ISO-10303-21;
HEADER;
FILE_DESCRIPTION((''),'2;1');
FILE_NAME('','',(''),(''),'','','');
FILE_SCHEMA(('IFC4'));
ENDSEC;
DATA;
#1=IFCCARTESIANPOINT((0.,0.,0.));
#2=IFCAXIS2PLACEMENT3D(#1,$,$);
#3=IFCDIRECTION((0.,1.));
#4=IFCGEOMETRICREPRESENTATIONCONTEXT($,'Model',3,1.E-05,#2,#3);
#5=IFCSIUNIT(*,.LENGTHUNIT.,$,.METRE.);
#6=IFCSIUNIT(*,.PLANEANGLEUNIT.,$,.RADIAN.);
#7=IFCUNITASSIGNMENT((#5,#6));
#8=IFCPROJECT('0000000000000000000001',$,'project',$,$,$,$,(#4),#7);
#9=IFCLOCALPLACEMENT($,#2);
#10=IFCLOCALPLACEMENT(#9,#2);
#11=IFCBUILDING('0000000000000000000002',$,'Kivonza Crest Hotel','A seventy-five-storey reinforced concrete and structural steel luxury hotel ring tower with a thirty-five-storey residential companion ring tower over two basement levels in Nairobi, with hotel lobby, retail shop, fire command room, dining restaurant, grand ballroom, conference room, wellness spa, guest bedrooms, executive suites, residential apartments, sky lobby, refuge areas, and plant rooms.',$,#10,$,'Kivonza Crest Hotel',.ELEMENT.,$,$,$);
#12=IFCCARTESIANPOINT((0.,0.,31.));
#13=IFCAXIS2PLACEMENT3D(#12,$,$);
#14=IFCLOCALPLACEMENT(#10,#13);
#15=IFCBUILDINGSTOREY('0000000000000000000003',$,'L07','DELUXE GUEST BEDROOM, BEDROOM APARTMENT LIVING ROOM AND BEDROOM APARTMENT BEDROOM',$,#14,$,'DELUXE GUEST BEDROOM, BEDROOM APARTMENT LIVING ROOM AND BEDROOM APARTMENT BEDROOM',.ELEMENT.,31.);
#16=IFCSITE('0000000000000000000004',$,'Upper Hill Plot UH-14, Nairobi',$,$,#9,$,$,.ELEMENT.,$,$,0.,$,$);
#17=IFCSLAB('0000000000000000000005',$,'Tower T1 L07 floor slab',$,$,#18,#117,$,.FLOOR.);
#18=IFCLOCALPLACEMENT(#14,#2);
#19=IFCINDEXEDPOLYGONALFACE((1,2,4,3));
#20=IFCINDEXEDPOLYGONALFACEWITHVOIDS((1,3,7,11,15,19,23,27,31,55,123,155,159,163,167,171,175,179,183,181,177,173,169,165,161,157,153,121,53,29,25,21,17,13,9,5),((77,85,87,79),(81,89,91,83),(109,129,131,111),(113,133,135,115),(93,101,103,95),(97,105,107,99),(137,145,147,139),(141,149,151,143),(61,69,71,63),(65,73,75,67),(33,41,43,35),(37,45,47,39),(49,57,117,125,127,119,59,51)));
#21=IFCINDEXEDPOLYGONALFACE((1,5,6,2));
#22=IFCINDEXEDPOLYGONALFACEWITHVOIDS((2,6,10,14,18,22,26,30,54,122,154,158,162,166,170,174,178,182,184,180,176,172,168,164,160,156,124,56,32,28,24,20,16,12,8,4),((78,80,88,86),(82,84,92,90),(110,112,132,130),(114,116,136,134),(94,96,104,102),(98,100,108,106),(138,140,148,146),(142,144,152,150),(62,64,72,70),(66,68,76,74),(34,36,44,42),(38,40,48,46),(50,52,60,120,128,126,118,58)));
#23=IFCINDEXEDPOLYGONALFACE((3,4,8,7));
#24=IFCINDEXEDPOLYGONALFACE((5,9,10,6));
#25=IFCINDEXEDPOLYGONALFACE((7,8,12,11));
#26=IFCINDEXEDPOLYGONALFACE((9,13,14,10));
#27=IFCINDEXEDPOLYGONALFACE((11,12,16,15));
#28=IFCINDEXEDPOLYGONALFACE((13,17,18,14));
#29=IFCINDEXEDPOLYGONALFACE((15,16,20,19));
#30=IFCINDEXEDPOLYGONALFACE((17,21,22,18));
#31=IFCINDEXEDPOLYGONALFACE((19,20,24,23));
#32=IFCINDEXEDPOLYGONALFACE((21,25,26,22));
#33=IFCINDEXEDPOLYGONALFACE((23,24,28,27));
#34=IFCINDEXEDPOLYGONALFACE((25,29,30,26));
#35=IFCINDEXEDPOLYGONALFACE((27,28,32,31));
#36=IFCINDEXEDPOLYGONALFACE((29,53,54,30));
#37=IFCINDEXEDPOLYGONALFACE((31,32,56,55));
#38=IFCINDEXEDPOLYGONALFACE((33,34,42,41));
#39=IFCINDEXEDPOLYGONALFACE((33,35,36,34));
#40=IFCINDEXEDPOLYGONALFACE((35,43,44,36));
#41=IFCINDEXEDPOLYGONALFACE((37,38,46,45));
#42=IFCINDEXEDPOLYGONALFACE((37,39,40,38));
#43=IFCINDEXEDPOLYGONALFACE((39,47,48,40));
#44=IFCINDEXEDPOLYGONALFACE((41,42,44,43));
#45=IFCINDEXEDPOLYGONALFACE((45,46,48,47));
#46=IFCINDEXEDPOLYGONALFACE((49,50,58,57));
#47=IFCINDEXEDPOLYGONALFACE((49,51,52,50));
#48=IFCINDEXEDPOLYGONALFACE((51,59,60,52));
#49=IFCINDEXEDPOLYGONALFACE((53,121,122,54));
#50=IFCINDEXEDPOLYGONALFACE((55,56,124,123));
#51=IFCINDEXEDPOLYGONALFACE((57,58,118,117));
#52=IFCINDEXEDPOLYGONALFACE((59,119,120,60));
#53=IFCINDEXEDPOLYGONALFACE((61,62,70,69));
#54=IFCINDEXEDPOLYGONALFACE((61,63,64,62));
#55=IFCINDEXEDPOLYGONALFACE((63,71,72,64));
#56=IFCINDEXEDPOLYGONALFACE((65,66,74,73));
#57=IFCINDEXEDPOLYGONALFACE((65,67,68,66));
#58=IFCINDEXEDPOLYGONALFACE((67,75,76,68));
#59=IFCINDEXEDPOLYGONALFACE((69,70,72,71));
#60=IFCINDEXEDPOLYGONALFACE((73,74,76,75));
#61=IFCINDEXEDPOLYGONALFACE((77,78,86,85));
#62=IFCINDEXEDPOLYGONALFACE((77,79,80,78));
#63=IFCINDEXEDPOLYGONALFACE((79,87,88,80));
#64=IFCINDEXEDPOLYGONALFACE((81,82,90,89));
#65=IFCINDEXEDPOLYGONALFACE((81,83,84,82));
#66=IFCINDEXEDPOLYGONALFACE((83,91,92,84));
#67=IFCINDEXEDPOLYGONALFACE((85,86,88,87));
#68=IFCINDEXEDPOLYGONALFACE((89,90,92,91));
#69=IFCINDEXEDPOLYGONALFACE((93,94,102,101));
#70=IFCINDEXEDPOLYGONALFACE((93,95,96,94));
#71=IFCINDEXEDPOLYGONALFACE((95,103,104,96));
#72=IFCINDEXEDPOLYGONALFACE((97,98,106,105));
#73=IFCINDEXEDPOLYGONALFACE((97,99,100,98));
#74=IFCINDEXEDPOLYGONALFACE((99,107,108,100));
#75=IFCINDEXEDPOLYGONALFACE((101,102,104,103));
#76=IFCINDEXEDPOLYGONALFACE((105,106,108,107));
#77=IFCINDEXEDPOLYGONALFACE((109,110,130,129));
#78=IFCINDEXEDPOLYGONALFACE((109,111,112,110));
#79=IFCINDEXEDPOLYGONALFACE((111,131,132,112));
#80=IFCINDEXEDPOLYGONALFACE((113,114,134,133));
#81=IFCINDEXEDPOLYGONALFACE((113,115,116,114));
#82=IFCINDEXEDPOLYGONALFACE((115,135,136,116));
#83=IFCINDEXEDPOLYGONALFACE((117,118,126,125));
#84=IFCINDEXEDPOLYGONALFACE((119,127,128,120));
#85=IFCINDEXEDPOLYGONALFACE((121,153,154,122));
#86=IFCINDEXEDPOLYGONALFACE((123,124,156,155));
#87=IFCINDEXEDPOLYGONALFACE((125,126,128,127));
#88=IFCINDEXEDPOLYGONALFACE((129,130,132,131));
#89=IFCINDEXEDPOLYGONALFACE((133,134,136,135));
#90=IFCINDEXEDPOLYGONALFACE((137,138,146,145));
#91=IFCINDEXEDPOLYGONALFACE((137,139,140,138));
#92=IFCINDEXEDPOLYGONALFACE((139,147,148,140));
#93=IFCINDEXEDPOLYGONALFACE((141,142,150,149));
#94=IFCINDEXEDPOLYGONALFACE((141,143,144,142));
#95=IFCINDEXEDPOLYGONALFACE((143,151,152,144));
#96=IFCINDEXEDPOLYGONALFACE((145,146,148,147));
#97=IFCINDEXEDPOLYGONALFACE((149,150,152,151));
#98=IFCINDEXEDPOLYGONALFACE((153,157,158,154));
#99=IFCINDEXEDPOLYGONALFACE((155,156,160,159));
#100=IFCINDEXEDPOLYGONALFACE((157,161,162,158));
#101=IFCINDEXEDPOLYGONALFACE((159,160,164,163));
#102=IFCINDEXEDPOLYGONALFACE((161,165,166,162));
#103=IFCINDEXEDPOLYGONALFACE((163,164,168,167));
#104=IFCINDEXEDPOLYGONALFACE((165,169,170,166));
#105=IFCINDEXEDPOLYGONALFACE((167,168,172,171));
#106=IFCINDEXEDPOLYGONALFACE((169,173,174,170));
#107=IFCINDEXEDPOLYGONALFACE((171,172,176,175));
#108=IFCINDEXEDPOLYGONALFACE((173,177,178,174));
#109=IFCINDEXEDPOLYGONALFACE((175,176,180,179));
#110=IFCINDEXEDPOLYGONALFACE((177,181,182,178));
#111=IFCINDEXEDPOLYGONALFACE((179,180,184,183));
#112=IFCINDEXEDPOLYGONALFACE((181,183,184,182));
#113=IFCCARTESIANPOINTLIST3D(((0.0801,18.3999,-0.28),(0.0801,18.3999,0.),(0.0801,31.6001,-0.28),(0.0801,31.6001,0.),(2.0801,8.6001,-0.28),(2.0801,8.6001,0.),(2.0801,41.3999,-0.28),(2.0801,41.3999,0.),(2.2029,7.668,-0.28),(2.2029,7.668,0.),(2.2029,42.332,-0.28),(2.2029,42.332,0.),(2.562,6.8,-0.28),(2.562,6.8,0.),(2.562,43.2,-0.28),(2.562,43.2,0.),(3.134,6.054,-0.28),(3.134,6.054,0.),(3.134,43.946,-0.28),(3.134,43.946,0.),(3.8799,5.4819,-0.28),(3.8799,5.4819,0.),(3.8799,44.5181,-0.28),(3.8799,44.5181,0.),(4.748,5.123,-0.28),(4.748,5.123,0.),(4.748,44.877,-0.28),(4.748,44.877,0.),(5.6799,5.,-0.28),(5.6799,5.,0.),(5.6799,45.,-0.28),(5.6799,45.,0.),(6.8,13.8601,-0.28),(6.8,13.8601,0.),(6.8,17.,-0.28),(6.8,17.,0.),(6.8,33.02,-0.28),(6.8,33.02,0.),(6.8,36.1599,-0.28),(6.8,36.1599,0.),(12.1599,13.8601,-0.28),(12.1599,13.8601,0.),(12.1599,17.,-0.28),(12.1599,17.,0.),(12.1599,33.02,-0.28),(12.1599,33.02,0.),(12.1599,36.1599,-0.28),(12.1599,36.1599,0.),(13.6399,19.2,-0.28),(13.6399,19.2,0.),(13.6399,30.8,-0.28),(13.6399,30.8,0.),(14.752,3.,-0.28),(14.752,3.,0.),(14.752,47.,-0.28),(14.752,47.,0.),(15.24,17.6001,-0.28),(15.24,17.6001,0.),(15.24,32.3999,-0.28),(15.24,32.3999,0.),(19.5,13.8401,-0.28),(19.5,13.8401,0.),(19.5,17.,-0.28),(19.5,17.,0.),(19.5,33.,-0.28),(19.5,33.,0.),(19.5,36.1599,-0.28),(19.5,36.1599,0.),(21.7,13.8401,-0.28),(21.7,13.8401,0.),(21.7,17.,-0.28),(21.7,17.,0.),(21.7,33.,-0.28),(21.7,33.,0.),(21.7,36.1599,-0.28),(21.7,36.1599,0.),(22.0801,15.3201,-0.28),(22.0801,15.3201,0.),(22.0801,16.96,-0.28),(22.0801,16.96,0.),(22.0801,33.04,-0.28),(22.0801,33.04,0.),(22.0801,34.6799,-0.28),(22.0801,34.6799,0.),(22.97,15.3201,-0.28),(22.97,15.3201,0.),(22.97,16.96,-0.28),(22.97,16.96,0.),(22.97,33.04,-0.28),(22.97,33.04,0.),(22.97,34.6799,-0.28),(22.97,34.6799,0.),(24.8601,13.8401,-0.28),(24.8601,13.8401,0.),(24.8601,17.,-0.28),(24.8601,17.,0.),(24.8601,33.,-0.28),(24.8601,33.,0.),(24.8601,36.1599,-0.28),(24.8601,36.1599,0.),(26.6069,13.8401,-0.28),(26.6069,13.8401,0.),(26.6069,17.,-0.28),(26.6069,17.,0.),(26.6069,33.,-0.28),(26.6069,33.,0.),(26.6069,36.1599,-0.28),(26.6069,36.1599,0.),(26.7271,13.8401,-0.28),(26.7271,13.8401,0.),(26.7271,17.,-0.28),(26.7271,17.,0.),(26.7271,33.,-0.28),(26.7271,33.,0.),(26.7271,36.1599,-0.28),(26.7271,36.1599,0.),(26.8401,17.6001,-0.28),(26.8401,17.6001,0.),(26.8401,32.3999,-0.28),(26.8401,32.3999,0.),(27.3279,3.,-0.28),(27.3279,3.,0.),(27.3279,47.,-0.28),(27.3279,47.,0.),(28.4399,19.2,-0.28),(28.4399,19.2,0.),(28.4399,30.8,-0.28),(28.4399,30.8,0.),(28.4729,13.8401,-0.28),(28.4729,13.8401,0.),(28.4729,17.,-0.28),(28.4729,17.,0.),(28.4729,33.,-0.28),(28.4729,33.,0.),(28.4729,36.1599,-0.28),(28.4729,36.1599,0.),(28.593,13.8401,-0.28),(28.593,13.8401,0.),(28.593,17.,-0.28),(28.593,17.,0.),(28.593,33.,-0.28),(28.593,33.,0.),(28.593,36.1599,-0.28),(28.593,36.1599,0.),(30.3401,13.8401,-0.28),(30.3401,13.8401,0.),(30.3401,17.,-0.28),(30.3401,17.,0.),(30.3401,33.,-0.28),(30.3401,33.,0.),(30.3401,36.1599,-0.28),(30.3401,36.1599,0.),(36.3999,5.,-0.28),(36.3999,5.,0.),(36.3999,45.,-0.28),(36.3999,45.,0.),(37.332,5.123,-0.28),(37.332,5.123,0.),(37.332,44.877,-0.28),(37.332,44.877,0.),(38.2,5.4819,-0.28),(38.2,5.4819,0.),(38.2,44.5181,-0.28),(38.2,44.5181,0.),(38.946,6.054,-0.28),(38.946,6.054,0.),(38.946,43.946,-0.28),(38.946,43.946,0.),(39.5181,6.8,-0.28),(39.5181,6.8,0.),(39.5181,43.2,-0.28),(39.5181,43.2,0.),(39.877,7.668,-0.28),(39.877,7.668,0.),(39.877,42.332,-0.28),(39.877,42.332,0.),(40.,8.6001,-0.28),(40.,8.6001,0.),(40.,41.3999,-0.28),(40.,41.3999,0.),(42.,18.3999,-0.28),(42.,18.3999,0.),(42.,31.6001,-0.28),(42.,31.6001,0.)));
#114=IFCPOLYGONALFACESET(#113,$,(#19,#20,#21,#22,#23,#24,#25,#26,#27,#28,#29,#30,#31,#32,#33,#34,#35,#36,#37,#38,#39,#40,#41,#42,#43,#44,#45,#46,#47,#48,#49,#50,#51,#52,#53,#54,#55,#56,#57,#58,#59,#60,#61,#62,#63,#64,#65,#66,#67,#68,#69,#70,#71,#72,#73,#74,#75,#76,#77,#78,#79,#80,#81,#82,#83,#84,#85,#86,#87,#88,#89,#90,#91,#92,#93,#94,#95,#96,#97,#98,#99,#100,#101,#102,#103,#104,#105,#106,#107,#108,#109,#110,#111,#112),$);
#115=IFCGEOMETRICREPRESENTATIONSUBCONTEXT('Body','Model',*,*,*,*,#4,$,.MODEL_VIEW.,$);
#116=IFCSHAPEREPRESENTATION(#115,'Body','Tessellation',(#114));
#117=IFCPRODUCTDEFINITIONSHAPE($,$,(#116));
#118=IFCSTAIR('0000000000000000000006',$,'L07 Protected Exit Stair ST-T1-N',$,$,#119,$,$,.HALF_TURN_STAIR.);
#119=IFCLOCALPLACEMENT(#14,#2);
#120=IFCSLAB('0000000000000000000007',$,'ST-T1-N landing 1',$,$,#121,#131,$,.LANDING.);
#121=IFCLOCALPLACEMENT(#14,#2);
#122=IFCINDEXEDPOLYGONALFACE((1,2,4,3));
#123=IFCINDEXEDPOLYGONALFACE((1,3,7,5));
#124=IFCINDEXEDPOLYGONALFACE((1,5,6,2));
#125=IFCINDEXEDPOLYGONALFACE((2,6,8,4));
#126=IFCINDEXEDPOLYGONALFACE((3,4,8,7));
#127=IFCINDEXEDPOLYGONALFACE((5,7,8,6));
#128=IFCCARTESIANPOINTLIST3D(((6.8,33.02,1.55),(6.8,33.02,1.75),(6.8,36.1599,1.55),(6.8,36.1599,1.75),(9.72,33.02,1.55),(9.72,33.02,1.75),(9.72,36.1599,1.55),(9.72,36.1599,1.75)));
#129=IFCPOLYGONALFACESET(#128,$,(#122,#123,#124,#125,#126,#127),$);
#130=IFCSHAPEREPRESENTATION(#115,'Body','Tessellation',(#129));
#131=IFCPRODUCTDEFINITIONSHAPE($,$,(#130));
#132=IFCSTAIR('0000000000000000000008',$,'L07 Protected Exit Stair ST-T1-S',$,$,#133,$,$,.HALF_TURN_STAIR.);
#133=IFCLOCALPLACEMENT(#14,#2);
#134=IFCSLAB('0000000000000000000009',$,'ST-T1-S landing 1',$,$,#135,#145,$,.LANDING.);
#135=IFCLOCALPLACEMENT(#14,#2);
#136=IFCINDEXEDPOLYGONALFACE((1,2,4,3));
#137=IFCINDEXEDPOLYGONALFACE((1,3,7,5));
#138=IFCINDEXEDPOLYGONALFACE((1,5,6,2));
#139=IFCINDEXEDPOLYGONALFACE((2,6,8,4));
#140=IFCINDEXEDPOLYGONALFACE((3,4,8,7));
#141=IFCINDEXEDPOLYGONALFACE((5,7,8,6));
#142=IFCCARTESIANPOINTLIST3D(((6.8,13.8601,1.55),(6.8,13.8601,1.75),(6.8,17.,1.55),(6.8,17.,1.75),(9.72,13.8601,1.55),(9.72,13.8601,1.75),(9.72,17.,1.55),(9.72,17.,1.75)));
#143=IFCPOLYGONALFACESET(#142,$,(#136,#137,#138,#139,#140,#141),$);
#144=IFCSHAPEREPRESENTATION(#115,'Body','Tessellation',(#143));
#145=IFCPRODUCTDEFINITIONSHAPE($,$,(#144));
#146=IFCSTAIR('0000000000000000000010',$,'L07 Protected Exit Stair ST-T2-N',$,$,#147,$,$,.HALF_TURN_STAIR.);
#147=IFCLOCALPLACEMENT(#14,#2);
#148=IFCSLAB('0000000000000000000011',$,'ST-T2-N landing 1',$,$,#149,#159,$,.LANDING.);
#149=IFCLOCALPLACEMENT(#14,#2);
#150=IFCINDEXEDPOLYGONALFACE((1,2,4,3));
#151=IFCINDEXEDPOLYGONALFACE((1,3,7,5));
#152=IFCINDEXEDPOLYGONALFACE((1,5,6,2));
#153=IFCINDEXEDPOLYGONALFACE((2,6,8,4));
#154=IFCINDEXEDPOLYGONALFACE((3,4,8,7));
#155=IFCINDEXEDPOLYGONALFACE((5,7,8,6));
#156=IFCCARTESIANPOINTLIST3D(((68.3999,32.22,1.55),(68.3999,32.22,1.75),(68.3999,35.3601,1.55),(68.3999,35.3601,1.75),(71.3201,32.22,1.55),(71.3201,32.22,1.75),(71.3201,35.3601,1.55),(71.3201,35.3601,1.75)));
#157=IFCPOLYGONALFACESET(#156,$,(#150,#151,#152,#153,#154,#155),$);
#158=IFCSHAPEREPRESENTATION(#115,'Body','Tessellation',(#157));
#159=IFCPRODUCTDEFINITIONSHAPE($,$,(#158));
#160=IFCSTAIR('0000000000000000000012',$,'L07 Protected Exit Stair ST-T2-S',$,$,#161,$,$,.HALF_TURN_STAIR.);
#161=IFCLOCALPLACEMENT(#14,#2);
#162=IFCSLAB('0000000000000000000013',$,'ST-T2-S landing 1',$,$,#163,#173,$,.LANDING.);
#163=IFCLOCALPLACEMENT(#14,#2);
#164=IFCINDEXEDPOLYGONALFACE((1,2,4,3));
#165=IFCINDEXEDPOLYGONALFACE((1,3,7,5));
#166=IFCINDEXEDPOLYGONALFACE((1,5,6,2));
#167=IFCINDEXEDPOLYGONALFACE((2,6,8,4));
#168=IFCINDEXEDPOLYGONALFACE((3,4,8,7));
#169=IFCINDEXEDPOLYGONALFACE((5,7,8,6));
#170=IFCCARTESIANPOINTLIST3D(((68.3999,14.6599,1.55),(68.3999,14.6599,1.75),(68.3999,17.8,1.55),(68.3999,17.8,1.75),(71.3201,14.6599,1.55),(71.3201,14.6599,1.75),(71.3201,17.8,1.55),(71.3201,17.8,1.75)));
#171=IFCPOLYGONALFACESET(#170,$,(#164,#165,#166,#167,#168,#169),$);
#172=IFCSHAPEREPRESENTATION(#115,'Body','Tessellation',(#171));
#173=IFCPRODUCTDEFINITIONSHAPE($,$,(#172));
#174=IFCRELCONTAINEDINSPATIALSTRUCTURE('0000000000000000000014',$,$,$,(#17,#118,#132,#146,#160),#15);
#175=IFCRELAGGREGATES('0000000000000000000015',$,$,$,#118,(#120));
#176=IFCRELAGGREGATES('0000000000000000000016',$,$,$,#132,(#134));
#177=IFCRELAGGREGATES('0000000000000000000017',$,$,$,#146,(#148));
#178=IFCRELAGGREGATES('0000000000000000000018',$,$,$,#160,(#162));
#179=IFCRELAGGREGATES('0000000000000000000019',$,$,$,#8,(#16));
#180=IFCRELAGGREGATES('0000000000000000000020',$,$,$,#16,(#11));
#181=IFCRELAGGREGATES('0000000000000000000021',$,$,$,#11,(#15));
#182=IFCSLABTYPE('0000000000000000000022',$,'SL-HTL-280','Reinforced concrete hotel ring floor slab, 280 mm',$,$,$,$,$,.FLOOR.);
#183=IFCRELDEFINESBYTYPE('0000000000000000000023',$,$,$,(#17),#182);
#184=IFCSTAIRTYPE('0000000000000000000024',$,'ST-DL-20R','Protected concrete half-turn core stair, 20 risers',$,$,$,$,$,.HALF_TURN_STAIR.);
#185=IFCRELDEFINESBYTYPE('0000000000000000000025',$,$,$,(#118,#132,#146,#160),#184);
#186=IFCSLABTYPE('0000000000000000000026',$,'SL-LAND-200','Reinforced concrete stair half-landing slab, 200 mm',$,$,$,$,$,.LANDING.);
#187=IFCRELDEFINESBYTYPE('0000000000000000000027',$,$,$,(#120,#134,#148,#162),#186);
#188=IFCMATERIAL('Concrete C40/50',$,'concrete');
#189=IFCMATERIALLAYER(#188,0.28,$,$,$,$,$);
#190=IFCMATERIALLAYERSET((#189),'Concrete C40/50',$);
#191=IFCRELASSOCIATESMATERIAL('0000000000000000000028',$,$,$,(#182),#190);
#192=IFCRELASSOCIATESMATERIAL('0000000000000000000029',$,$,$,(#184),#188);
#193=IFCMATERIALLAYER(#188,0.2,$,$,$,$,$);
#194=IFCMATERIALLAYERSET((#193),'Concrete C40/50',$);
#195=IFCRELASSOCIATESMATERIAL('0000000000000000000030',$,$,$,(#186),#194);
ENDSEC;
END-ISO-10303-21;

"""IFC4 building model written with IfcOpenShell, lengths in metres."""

from ifc_helpers import new_model, si_unit, direction, frame, origin, place, context, subcontext, project, spatial, polyline, outline, extrude, material, layer, layer_set, type_object, element, aggregate, save


model = new_model("IFC4")

# Units and contexts
model_context = context("Model", 3, precision=1e-05, world=origin(), true_north=direction((0.0, 1.0)))
body_context = subcontext(model_context, "Body", "Model", "MODEL_VIEW")
ifc_project = project(units=[si_unit("LENGTHUNIT", "METRE"), si_unit("PLANEANGLEUNIT", "RADIAN")], contexts=[model_context])

# Site, building, storey
site_placement = place(None, origin())
site = spatial("IfcSite", under=ifc_project, at=site_placement, Name="Upper Hill Plot UH-14, Nairobi", CompositionType="ELEMENT", RefElevation=0.0)
building_placement = place(site_placement, origin())
building = spatial("IfcBuilding", under=site, at=building_placement, Name="Kivonza Crest Hotel", Description="A seventy-five-storey reinforced concrete and structural steel luxury hotel ring tower with a thirty-five-storey residential companion ring tower over two basement levels in Nairobi, with hotel lobby, retail shop, fire command room, dining restaurant, grand ballroom, conference room, wellness spa, guest bedrooms, executive suites, residential apartments, sky lobby, refuge areas, and plant rooms.", LongName="Kivonza Crest Hotel", CompositionType="ELEMENT")
storey_placement = place(building_placement, frame((0.0, 0.0, 31.0)))
storey = spatial("IfcBuildingStorey", under=building, at=storey_placement, Name="L07", Description="DELUXE GUEST BEDROOM, BEDROOM APARTMENT LIVING ROOM AND BEDROOM APARTMENT BEDROOM", LongName="DELUXE GUEST BEDROOM, BEDROOM APARTMENT LIVING ROOM AND BEDROOM APARTMENT BEDROOM", CompositionType="ELEMENT", Elevation=31.0)

# Slab
ifc_material_1 = material(Name="Concrete C40/50", Category="concrete")
ifc_layer_1 = layer(ifc_material_1, 0.28)
ifc_layer_set_1 = layer_set([ifc_layer_1], Name="Concrete C40/50")
slab_type_1 = type_object("IfcSlabType", Name="SL-HTL-280", Description="Reinforced concrete hotel ring floor slab, 280 mm", PredefinedType="FLOOR", material=ifc_layer_set_1)
slab_1_placement = place(storey_placement, frame((0.0, 0.0, -0.28)))
element("IfcSlab", 1, at=slab_1_placement, inside=storey, type_object=slab_type_1, Name="Tower T1 L07 floor slab", PredefinedType="FLOOR", context=body_context, shape_type="SweptSolid", body=[
    extrude(outline(polyline([(2.0801, 8.6001), (2.2029, 7.668), (2.562, 6.8), (3.134, 6.054), (3.8799, 5.4819), (4.748, 5.123), (5.6799, 5.0), (14.752, 3.0), (27.3279, 3.0), (36.3999, 5.0), (37.332, 5.123), (38.2, 5.4819), (38.946, 6.054), (39.5181, 6.8), (39.877, 7.668), (40.0, 8.6001), (42.0, 18.3999), (42.0, 31.6001), (40.0, 41.3999), (39.877, 42.332), (39.5181, 43.2), (38.946, 43.946), (38.2, 44.5181), (37.332, 44.877), (36.3999, 45.0), (27.3279, 47.0), (14.752, 47.0), (5.6799, 45.0), (4.748, 44.877), (3.8799, 44.5181), (3.134, 43.946), (2.562, 43.2), (2.2029, 42.332), (2.0801, 41.3999), (0.0801, 31.6001), (0.0801, 18.3999), (2.0801, 8.6001)]), holes=[polyline([(15.24, 17.6001), (26.8401, 17.6001), (28.4399, 19.2), (28.4399, 30.8), (26.8401, 32.3999), (15.24, 32.3999), (13.6399, 30.8), (13.6399, 19.2), (15.24, 17.6001)]), polyline([(6.8, 33.02), (12.1599, 33.02), (12.1599, 36.1599), (6.8, 36.1599), (6.8, 33.02)]), polyline([(6.8, 13.8601), (12.1599, 13.8601), (12.1599, 17.0), (6.8, 17.0), (6.8, 13.8601)]), polyline([(22.0801, 33.04), (22.97, 33.04), (22.97, 34.6799), (22.0801, 34.6799), (22.0801, 33.04)]), polyline([(22.0801, 15.3201), (22.97, 15.3201), (22.97, 16.96), (22.0801, 16.96), (22.0801, 15.3201)]), polyline([(19.5, 33.0), (21.7, 33.0), (21.7, 36.1599), (19.5, 36.1599), (19.5, 33.0)]), polyline([(24.8601, 33.0), (26.6069, 33.0), (26.6069, 36.1599), (24.8601, 36.1599), (24.8601, 33.0)]), polyline([(26.7271, 33.0), (28.4729, 33.0), (28.4729, 36.1599), (26.7271, 36.1599), (26.7271, 33.0)]), polyline([(28.593, 33.0), (30.3401, 33.0), (30.3401, 36.1599), (28.593, 36.1599), (28.593, 33.0)]), polyline([(19.5, 13.8401), (21.7, 13.8401), (21.7, 17.0), (19.5, 17.0), (19.5, 13.8401)]), polyline([(24.8601, 13.8401), (26.6069, 13.8401), (26.6069, 17.0), (24.8601, 17.0), (24.8601, 13.8401)]), polyline([(26.7271, 13.8401), (28.4729, 13.8401), (28.4729, 17.0), (26.7271, 17.0), (26.7271, 13.8401)]), polyline([(28.593, 13.8401), (30.3401, 13.8401), (30.3401, 17.0), (28.593, 17.0), (28.593, 13.8401)])]), origin(), (0.0, 0.0, 1.0), 0.28),
])

# Stairs, slabs
stair_type = type_object("IfcStairType", Name="ST-DL-20R", Description="Protected concrete half-turn core stair, 20 risers", PredefinedType="HALF_TURN_STAIR", material=ifc_material_1)
stair_1_placement = place(storey_placement, origin())
stair_1 = element("IfcStair", 2, at=stair_1_placement, inside=storey, type_object=stair_type, Name="L07 Protected Exit Stair ST-T1-N", PredefinedType="HALF_TURN_STAIR")
ifc_layer_2 = layer(ifc_material_1, 0.2)
ifc_layer_set_2 = layer_set([ifc_layer_2], Name="Concrete C40/50")
slab_type_2 = type_object("IfcSlabType", Name="SL-LAND-200", Description="Reinforced concrete stair half-landing slab, 200 mm", PredefinedType="LANDING", material=ifc_layer_set_2)
slab_2_placement = place(storey_placement, frame((0.0, 0.0, 1.55)))
slab_2 = element("IfcSlab", 3, at=slab_2_placement, type_object=slab_type_2, Name="ST-T1-N landing 1", PredefinedType="LANDING", context=body_context, shape_type="SweptSolid", body=[
    extrude(outline(polyline([(9.72, 36.1599), (6.8, 36.1599), (6.8, 33.02), (9.72, 33.02), (9.72, 36.1599)])), origin(), (0.0, 0.0, 1.0), 0.2),
])
aggregate(stair_1, [slab_2])
stair_2_placement = place(storey_placement, origin())
stair_2 = element("IfcStair", 4, at=stair_2_placement, inside=storey, type_object=stair_type, Name="L07 Protected Exit Stair ST-T1-S", PredefinedType="HALF_TURN_STAIR")
slab_3_placement = place(storey_placement, frame((0.0, 0.0, 1.55)))
slab_3 = element("IfcSlab", 5, at=slab_3_placement, type_object=slab_type_2, Name="ST-T1-S landing 1", PredefinedType="LANDING", context=body_context, shape_type="SweptSolid", body=[
    extrude(outline(polyline([(9.72, 17.0), (6.8, 17.0), (6.8, 13.8601), (9.72, 13.8601), (9.72, 17.0)])), origin(), (0.0, 0.0, 1.0), 0.2),
])
aggregate(stair_2, [slab_3])
stair_3_placement = place(storey_placement, origin())
stair_3 = element("IfcStair", 6, at=stair_3_placement, inside=storey, type_object=stair_type, Name="L07 Protected Exit Stair ST-T2-N", PredefinedType="HALF_TURN_STAIR")
slab_4_placement = place(storey_placement, frame((0.0, 0.0, 1.55)))
slab_4 = element("IfcSlab", 7, at=slab_4_placement, type_object=slab_type_2, Name="ST-T2-N landing 1", PredefinedType="LANDING", context=body_context, shape_type="SweptSolid", body=[
    extrude(outline(polyline([(71.3201, 35.3601), (68.3999, 35.3601), (68.3999, 32.22), (71.3201, 32.22), (71.3201, 35.3601)])), origin(), (0.0, 0.0, 1.0), 0.2),
])
aggregate(stair_3, [slab_4])
stair_4_placement = place(storey_placement, origin())
stair_4 = element("IfcStair", 8, at=stair_4_placement, inside=storey, type_object=stair_type, Name="L07 Protected Exit Stair ST-T2-S", PredefinedType="HALF_TURN_STAIR")
slab_5_placement = place(storey_placement, frame((0.0, 0.0, 1.55)))
slab_5 = element("IfcSlab", 9, at=slab_5_placement, type_object=slab_type_2, Name="ST-T2-S landing 1", PredefinedType="LANDING", context=body_context, shape_type="SweptSolid", body=[
    extrude(outline(polyline([(71.3201, 17.8), (68.3999, 17.8), (68.3999, 14.6599), (71.3201, 14.6599), (71.3201, 17.8)])), origin(), (0.0, 0.0, 1.0), 0.2),
])
aggregate(stair_4, [slab_5])

save(model, "model.ifc")
